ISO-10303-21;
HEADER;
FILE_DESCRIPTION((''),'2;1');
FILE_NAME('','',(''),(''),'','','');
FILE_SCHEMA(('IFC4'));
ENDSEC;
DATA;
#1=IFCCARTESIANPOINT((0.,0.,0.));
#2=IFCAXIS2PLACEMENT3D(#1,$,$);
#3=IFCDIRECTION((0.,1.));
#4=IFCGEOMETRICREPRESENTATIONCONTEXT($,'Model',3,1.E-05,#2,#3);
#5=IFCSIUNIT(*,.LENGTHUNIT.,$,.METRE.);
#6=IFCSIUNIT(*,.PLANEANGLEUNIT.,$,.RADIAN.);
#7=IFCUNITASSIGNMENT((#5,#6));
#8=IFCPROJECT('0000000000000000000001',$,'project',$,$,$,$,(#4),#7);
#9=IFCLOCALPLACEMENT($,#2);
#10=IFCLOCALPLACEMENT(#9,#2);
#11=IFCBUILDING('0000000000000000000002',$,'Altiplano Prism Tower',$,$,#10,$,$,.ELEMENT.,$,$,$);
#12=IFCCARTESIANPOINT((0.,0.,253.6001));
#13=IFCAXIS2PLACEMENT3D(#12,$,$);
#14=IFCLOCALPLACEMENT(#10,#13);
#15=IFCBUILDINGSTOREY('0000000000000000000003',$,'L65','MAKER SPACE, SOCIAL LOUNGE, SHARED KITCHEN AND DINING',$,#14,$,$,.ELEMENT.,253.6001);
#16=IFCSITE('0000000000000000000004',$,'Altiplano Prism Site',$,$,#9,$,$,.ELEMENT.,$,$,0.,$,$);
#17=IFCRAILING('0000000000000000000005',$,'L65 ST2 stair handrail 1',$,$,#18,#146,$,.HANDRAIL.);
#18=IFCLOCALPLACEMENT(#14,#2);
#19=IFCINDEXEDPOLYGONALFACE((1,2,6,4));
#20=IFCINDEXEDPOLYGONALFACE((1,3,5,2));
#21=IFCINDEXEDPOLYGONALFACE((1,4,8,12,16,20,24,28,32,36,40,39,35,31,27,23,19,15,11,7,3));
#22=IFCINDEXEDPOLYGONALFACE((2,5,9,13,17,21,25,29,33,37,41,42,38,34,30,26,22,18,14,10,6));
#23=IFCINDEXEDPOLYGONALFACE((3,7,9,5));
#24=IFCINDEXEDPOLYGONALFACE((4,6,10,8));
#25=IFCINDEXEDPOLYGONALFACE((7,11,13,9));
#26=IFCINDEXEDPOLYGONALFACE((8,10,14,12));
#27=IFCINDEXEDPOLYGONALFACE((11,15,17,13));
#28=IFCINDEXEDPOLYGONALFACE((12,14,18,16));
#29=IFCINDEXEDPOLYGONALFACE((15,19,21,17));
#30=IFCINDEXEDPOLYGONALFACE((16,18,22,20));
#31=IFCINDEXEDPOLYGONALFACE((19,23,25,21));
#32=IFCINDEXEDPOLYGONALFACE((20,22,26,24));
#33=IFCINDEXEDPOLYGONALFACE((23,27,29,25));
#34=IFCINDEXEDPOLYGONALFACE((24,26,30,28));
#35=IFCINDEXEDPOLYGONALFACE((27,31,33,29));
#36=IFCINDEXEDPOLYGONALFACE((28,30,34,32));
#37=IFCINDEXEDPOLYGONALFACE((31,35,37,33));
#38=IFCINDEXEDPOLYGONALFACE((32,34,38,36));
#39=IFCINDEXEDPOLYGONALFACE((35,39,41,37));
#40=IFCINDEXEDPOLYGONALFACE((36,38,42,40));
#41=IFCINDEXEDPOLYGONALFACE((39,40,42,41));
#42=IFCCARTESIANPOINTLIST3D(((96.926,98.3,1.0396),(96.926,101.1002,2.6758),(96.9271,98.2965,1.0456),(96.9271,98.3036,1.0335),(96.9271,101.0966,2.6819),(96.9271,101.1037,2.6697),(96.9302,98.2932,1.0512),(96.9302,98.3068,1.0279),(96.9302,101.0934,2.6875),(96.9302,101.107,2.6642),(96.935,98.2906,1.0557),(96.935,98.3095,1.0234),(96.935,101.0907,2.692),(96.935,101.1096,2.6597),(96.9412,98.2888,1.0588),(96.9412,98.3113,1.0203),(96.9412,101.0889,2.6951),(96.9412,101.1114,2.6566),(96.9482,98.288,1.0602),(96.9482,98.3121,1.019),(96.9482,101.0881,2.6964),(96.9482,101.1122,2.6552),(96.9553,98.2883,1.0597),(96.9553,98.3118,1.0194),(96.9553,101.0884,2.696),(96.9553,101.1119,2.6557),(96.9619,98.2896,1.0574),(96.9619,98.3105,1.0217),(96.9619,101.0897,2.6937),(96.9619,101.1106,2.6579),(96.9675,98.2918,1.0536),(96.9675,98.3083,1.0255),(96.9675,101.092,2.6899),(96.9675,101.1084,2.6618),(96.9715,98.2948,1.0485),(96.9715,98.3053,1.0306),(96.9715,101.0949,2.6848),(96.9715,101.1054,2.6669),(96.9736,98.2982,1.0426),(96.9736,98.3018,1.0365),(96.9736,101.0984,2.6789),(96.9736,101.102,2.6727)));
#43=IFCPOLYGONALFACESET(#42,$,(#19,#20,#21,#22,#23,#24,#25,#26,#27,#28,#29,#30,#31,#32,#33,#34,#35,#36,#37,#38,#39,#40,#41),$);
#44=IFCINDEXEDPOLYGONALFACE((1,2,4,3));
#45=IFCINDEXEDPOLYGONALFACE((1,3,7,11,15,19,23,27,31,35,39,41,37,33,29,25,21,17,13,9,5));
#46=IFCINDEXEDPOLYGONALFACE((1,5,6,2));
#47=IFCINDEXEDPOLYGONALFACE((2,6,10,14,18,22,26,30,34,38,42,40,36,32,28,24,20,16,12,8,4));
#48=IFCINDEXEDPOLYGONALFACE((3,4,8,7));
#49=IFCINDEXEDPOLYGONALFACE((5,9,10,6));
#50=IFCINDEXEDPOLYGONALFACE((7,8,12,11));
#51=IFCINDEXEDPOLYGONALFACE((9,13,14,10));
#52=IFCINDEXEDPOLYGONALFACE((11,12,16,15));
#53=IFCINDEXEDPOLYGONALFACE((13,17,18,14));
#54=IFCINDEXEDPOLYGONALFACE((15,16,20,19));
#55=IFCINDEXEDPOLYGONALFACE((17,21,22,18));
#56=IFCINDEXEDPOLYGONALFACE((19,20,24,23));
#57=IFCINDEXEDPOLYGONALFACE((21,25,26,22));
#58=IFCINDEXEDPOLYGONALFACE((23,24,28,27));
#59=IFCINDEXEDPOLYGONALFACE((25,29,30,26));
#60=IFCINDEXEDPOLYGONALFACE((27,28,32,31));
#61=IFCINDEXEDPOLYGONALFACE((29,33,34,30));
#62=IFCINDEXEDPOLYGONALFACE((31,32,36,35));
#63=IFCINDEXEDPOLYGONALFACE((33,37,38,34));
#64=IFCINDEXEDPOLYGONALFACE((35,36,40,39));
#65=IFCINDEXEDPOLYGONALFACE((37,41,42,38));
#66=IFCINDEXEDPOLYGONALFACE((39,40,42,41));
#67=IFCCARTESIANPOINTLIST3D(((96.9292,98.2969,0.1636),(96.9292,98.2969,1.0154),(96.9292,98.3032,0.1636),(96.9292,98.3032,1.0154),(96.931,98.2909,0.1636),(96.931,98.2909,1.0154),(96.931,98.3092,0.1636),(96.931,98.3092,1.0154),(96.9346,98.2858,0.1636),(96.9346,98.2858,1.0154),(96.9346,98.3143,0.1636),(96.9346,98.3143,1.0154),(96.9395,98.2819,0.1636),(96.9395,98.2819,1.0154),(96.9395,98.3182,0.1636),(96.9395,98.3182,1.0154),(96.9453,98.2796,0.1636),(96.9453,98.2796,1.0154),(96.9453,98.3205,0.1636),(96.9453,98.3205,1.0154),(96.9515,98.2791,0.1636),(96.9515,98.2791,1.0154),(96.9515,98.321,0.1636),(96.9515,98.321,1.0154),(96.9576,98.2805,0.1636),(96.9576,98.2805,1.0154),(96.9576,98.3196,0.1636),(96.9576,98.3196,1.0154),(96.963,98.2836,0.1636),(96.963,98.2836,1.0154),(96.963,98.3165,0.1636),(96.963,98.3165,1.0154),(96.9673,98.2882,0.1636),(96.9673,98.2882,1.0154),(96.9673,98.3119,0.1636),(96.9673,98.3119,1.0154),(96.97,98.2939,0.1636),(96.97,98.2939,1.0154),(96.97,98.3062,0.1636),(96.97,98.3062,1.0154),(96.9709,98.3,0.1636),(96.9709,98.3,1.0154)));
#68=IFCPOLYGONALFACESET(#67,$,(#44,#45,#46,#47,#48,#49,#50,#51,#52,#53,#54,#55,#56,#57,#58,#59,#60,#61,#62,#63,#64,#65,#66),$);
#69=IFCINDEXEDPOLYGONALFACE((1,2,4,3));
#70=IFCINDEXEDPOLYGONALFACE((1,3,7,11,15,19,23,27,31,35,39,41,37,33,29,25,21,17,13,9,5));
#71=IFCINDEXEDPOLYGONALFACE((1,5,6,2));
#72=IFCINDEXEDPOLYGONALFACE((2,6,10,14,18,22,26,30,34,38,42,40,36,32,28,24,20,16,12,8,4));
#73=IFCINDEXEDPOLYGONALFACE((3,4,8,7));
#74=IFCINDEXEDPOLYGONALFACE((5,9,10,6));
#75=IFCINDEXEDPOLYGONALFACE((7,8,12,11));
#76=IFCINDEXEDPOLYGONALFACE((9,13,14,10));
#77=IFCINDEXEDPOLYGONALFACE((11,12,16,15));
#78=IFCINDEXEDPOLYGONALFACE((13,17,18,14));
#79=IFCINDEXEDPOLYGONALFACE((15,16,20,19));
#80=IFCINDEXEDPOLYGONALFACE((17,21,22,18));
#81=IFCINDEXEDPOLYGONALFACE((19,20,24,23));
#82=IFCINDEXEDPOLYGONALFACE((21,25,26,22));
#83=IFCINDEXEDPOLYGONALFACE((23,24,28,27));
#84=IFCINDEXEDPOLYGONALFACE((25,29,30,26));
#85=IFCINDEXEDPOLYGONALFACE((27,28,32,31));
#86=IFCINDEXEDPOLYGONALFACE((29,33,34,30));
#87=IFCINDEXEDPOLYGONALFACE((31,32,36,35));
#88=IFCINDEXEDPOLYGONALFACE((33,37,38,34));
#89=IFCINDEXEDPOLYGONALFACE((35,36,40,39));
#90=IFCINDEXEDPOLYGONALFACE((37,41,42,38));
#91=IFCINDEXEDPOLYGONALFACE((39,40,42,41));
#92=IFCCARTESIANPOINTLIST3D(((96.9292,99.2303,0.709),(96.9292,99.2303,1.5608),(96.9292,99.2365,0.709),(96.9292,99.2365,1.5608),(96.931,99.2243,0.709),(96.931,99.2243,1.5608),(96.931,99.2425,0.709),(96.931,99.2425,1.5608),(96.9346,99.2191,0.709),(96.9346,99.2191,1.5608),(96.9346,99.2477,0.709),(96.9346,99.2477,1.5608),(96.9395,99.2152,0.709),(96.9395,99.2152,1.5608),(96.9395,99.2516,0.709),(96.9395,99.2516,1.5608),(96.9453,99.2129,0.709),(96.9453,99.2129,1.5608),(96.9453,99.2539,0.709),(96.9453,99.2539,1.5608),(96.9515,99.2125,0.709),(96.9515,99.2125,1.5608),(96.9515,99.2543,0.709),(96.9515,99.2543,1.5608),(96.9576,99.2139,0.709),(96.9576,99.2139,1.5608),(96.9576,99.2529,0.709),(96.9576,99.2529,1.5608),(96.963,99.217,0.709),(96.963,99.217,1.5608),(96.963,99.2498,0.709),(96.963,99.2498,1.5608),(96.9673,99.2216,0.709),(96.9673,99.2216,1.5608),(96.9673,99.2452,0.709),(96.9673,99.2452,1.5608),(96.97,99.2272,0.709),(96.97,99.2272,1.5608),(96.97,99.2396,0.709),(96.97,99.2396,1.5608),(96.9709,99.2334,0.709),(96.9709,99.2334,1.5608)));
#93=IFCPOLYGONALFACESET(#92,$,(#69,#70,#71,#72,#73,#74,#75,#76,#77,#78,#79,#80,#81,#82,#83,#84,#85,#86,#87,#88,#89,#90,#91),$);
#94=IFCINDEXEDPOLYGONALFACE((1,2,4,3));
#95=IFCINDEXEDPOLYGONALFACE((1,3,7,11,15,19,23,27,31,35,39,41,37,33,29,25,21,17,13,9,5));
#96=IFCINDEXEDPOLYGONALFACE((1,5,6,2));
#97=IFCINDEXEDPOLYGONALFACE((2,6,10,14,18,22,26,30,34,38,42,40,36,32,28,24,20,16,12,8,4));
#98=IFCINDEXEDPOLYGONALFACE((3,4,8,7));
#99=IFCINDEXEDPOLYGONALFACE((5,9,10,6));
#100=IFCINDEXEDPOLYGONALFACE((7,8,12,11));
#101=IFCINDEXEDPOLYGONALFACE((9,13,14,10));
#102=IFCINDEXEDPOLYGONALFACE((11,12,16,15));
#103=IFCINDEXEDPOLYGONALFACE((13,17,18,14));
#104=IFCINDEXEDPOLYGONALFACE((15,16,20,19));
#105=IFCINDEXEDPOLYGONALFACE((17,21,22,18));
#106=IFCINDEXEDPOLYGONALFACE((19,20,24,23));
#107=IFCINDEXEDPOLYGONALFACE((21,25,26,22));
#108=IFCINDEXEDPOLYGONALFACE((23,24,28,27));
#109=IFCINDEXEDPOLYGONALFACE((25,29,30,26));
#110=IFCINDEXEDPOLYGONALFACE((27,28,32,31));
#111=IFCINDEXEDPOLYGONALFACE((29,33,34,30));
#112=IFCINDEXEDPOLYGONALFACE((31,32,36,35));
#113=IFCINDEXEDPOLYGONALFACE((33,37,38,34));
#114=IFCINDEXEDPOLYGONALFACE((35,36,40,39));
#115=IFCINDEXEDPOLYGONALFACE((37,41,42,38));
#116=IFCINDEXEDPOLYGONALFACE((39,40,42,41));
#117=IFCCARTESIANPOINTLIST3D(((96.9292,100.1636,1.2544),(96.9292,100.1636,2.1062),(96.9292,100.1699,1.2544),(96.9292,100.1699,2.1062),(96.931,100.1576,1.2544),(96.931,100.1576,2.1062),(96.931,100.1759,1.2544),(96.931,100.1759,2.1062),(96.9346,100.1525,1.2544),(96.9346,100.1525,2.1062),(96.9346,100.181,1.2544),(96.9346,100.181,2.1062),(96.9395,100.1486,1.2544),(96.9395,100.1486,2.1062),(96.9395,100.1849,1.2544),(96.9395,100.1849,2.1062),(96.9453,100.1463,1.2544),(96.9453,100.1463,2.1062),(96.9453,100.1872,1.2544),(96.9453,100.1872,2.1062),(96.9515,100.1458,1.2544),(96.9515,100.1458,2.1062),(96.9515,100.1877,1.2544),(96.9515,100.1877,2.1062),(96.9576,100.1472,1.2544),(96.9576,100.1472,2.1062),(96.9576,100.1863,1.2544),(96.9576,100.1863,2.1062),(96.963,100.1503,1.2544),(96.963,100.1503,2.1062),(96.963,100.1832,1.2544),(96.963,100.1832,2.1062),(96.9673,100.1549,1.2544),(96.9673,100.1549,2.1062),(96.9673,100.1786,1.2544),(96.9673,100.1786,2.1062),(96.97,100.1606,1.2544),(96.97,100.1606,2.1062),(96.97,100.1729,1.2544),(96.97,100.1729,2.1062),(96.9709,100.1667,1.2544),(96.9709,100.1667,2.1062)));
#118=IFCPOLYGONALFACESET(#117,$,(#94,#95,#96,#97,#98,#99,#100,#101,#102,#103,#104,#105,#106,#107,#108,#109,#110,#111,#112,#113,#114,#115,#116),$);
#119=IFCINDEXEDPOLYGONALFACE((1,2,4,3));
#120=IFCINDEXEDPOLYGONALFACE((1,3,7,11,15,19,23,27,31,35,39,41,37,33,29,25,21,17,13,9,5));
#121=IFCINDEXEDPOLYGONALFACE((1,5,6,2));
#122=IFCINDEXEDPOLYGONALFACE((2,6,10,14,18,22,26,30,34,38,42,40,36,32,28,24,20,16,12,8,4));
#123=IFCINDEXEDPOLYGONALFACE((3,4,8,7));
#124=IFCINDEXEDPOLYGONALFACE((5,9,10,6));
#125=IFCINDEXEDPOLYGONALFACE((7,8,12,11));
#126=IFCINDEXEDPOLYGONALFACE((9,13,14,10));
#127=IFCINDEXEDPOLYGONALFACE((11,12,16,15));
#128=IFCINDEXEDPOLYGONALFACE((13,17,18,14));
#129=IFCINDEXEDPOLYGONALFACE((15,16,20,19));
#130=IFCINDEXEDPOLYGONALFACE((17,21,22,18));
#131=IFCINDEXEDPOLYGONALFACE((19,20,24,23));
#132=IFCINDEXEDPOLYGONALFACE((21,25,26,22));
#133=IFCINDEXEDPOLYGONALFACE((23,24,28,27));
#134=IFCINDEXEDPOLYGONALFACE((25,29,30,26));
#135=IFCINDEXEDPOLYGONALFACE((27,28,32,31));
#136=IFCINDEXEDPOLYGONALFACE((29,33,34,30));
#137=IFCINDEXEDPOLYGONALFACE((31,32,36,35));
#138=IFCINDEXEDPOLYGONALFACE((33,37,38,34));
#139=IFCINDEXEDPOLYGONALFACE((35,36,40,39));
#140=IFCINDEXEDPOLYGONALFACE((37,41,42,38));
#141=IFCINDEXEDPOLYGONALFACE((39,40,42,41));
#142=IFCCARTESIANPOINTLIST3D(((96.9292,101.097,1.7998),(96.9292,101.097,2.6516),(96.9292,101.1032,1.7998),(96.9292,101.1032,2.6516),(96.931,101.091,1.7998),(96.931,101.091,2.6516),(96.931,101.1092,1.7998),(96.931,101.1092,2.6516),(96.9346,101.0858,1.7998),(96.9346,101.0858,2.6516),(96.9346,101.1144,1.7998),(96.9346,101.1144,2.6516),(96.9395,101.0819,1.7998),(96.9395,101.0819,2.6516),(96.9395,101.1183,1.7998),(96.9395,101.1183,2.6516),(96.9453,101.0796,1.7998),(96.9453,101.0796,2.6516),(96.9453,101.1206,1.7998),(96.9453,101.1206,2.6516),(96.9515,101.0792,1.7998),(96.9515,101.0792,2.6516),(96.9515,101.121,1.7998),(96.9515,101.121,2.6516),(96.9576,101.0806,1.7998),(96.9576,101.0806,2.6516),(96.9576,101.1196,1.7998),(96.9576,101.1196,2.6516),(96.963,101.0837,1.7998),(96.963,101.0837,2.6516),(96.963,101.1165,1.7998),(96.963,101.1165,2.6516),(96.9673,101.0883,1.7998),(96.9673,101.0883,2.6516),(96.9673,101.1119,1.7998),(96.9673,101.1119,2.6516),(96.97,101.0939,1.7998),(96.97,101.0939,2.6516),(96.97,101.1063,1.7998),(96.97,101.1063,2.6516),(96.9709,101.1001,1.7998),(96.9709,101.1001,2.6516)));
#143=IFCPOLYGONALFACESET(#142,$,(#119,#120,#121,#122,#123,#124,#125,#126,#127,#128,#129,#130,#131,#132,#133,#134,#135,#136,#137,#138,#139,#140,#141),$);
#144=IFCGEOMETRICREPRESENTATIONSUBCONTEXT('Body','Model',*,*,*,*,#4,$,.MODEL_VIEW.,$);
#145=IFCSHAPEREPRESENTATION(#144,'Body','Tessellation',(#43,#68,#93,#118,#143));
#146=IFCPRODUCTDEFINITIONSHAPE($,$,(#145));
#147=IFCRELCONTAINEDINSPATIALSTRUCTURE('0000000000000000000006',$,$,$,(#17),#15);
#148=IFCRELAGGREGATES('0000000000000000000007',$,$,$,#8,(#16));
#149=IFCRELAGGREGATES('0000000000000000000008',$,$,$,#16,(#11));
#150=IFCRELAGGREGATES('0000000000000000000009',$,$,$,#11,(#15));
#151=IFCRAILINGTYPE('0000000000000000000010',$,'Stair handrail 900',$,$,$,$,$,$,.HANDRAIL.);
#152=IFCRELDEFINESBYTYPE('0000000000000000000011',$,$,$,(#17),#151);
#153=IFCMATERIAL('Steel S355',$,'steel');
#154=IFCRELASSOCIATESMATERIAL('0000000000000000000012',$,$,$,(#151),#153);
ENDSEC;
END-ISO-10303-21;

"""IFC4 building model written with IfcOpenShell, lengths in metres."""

from ifc_helpers import new_model, si_unit, direction, frame, origin, origin_2d, place, context, subcontext, project, spatial, circle, extrude, material, type_object, element, save


model = new_model("IFC4")

# Units and contexts
model_context = context("Model", 3, precision=1e-05, world=origin(), true_north=direction((0.0, 1.0)))
body_context = subcontext(model_context, "Body", "Model", "MODEL_VIEW")
ifc_project = project(units=[si_unit("LENGTHUNIT", "METRE"), si_unit("PLANEANGLEUNIT", "RADIAN")], contexts=[model_context])

# Site, building, storey
site_placement = place(None, origin())
site = spatial("IfcSite", under=ifc_project, at=site_placement, Name="Altiplano Prism Site", CompositionType="ELEMENT", RefElevation=0.0)
building_placement = place(site_placement, origin())
building = spatial("IfcBuilding", under=site, at=building_placement, Name="Altiplano Prism Tower", CompositionType="ELEMENT")
storey_placement = place(building_placement, frame((0.0, 0.0, 253.6001)))
storey = spatial("IfcBuildingStorey", under=building, at=storey_placement, Name="L65", Description="MAKER SPACE, SOCIAL LOUNGE, SHARED KITCHEN AND DINING", CompositionType="ELEMENT", Elevation=253.6001)

# Railing
ifc_material_1 = material(Name="Steel S355", Category="steel")
railing_type_1 = type_object("IfcRailingType", Name="Stair handrail 900", PredefinedType="HANDRAIL", material=ifc_material_1)
railing_1_placement = place(storey_placement, frame((96.95, 98.3, 0.1636)))
element("IfcRailing", 1, at=railing_1_placement, inside=storey, type_object=railing_type_1, Name="L65 ST2 stair handrail 1", PredefinedType="HANDRAIL", context=body_context, shape_type="SweptSolid", body=[
    extrude(circle(Radius=0.0239, at=origin_2d()), frame((0.0, 0.0, 0.876), z_axis=(0.0, 0.863394, 0.504531), x_axis=(-1.0, 0.0, 0.0)), (0.0, 0.0, 1.0), 3.2432),
    extrude(circle(Radius=0.021, at=origin_2d()), origin(), (0.0, 0.0, 1.0), 0.8518),
    extrude(circle(Radius=0.021, at=origin_2d()), frame((0.0, 0.9333, 0.5454)), (0.0, 0.0, 1.0), 0.8518),
    extrude(circle(Radius=0.021, at=origin_2d()), frame((0.0, 1.8667, 1.0908)), (0.0, 0.0, 1.0), 0.8518),
    extrude(circle(Radius=0.021, at=origin_2d()), frame((0.0, 2.8, 1.6362)), (0.0, 0.0, 1.0), 0.8518),
])

save(model, "model.ifc")
